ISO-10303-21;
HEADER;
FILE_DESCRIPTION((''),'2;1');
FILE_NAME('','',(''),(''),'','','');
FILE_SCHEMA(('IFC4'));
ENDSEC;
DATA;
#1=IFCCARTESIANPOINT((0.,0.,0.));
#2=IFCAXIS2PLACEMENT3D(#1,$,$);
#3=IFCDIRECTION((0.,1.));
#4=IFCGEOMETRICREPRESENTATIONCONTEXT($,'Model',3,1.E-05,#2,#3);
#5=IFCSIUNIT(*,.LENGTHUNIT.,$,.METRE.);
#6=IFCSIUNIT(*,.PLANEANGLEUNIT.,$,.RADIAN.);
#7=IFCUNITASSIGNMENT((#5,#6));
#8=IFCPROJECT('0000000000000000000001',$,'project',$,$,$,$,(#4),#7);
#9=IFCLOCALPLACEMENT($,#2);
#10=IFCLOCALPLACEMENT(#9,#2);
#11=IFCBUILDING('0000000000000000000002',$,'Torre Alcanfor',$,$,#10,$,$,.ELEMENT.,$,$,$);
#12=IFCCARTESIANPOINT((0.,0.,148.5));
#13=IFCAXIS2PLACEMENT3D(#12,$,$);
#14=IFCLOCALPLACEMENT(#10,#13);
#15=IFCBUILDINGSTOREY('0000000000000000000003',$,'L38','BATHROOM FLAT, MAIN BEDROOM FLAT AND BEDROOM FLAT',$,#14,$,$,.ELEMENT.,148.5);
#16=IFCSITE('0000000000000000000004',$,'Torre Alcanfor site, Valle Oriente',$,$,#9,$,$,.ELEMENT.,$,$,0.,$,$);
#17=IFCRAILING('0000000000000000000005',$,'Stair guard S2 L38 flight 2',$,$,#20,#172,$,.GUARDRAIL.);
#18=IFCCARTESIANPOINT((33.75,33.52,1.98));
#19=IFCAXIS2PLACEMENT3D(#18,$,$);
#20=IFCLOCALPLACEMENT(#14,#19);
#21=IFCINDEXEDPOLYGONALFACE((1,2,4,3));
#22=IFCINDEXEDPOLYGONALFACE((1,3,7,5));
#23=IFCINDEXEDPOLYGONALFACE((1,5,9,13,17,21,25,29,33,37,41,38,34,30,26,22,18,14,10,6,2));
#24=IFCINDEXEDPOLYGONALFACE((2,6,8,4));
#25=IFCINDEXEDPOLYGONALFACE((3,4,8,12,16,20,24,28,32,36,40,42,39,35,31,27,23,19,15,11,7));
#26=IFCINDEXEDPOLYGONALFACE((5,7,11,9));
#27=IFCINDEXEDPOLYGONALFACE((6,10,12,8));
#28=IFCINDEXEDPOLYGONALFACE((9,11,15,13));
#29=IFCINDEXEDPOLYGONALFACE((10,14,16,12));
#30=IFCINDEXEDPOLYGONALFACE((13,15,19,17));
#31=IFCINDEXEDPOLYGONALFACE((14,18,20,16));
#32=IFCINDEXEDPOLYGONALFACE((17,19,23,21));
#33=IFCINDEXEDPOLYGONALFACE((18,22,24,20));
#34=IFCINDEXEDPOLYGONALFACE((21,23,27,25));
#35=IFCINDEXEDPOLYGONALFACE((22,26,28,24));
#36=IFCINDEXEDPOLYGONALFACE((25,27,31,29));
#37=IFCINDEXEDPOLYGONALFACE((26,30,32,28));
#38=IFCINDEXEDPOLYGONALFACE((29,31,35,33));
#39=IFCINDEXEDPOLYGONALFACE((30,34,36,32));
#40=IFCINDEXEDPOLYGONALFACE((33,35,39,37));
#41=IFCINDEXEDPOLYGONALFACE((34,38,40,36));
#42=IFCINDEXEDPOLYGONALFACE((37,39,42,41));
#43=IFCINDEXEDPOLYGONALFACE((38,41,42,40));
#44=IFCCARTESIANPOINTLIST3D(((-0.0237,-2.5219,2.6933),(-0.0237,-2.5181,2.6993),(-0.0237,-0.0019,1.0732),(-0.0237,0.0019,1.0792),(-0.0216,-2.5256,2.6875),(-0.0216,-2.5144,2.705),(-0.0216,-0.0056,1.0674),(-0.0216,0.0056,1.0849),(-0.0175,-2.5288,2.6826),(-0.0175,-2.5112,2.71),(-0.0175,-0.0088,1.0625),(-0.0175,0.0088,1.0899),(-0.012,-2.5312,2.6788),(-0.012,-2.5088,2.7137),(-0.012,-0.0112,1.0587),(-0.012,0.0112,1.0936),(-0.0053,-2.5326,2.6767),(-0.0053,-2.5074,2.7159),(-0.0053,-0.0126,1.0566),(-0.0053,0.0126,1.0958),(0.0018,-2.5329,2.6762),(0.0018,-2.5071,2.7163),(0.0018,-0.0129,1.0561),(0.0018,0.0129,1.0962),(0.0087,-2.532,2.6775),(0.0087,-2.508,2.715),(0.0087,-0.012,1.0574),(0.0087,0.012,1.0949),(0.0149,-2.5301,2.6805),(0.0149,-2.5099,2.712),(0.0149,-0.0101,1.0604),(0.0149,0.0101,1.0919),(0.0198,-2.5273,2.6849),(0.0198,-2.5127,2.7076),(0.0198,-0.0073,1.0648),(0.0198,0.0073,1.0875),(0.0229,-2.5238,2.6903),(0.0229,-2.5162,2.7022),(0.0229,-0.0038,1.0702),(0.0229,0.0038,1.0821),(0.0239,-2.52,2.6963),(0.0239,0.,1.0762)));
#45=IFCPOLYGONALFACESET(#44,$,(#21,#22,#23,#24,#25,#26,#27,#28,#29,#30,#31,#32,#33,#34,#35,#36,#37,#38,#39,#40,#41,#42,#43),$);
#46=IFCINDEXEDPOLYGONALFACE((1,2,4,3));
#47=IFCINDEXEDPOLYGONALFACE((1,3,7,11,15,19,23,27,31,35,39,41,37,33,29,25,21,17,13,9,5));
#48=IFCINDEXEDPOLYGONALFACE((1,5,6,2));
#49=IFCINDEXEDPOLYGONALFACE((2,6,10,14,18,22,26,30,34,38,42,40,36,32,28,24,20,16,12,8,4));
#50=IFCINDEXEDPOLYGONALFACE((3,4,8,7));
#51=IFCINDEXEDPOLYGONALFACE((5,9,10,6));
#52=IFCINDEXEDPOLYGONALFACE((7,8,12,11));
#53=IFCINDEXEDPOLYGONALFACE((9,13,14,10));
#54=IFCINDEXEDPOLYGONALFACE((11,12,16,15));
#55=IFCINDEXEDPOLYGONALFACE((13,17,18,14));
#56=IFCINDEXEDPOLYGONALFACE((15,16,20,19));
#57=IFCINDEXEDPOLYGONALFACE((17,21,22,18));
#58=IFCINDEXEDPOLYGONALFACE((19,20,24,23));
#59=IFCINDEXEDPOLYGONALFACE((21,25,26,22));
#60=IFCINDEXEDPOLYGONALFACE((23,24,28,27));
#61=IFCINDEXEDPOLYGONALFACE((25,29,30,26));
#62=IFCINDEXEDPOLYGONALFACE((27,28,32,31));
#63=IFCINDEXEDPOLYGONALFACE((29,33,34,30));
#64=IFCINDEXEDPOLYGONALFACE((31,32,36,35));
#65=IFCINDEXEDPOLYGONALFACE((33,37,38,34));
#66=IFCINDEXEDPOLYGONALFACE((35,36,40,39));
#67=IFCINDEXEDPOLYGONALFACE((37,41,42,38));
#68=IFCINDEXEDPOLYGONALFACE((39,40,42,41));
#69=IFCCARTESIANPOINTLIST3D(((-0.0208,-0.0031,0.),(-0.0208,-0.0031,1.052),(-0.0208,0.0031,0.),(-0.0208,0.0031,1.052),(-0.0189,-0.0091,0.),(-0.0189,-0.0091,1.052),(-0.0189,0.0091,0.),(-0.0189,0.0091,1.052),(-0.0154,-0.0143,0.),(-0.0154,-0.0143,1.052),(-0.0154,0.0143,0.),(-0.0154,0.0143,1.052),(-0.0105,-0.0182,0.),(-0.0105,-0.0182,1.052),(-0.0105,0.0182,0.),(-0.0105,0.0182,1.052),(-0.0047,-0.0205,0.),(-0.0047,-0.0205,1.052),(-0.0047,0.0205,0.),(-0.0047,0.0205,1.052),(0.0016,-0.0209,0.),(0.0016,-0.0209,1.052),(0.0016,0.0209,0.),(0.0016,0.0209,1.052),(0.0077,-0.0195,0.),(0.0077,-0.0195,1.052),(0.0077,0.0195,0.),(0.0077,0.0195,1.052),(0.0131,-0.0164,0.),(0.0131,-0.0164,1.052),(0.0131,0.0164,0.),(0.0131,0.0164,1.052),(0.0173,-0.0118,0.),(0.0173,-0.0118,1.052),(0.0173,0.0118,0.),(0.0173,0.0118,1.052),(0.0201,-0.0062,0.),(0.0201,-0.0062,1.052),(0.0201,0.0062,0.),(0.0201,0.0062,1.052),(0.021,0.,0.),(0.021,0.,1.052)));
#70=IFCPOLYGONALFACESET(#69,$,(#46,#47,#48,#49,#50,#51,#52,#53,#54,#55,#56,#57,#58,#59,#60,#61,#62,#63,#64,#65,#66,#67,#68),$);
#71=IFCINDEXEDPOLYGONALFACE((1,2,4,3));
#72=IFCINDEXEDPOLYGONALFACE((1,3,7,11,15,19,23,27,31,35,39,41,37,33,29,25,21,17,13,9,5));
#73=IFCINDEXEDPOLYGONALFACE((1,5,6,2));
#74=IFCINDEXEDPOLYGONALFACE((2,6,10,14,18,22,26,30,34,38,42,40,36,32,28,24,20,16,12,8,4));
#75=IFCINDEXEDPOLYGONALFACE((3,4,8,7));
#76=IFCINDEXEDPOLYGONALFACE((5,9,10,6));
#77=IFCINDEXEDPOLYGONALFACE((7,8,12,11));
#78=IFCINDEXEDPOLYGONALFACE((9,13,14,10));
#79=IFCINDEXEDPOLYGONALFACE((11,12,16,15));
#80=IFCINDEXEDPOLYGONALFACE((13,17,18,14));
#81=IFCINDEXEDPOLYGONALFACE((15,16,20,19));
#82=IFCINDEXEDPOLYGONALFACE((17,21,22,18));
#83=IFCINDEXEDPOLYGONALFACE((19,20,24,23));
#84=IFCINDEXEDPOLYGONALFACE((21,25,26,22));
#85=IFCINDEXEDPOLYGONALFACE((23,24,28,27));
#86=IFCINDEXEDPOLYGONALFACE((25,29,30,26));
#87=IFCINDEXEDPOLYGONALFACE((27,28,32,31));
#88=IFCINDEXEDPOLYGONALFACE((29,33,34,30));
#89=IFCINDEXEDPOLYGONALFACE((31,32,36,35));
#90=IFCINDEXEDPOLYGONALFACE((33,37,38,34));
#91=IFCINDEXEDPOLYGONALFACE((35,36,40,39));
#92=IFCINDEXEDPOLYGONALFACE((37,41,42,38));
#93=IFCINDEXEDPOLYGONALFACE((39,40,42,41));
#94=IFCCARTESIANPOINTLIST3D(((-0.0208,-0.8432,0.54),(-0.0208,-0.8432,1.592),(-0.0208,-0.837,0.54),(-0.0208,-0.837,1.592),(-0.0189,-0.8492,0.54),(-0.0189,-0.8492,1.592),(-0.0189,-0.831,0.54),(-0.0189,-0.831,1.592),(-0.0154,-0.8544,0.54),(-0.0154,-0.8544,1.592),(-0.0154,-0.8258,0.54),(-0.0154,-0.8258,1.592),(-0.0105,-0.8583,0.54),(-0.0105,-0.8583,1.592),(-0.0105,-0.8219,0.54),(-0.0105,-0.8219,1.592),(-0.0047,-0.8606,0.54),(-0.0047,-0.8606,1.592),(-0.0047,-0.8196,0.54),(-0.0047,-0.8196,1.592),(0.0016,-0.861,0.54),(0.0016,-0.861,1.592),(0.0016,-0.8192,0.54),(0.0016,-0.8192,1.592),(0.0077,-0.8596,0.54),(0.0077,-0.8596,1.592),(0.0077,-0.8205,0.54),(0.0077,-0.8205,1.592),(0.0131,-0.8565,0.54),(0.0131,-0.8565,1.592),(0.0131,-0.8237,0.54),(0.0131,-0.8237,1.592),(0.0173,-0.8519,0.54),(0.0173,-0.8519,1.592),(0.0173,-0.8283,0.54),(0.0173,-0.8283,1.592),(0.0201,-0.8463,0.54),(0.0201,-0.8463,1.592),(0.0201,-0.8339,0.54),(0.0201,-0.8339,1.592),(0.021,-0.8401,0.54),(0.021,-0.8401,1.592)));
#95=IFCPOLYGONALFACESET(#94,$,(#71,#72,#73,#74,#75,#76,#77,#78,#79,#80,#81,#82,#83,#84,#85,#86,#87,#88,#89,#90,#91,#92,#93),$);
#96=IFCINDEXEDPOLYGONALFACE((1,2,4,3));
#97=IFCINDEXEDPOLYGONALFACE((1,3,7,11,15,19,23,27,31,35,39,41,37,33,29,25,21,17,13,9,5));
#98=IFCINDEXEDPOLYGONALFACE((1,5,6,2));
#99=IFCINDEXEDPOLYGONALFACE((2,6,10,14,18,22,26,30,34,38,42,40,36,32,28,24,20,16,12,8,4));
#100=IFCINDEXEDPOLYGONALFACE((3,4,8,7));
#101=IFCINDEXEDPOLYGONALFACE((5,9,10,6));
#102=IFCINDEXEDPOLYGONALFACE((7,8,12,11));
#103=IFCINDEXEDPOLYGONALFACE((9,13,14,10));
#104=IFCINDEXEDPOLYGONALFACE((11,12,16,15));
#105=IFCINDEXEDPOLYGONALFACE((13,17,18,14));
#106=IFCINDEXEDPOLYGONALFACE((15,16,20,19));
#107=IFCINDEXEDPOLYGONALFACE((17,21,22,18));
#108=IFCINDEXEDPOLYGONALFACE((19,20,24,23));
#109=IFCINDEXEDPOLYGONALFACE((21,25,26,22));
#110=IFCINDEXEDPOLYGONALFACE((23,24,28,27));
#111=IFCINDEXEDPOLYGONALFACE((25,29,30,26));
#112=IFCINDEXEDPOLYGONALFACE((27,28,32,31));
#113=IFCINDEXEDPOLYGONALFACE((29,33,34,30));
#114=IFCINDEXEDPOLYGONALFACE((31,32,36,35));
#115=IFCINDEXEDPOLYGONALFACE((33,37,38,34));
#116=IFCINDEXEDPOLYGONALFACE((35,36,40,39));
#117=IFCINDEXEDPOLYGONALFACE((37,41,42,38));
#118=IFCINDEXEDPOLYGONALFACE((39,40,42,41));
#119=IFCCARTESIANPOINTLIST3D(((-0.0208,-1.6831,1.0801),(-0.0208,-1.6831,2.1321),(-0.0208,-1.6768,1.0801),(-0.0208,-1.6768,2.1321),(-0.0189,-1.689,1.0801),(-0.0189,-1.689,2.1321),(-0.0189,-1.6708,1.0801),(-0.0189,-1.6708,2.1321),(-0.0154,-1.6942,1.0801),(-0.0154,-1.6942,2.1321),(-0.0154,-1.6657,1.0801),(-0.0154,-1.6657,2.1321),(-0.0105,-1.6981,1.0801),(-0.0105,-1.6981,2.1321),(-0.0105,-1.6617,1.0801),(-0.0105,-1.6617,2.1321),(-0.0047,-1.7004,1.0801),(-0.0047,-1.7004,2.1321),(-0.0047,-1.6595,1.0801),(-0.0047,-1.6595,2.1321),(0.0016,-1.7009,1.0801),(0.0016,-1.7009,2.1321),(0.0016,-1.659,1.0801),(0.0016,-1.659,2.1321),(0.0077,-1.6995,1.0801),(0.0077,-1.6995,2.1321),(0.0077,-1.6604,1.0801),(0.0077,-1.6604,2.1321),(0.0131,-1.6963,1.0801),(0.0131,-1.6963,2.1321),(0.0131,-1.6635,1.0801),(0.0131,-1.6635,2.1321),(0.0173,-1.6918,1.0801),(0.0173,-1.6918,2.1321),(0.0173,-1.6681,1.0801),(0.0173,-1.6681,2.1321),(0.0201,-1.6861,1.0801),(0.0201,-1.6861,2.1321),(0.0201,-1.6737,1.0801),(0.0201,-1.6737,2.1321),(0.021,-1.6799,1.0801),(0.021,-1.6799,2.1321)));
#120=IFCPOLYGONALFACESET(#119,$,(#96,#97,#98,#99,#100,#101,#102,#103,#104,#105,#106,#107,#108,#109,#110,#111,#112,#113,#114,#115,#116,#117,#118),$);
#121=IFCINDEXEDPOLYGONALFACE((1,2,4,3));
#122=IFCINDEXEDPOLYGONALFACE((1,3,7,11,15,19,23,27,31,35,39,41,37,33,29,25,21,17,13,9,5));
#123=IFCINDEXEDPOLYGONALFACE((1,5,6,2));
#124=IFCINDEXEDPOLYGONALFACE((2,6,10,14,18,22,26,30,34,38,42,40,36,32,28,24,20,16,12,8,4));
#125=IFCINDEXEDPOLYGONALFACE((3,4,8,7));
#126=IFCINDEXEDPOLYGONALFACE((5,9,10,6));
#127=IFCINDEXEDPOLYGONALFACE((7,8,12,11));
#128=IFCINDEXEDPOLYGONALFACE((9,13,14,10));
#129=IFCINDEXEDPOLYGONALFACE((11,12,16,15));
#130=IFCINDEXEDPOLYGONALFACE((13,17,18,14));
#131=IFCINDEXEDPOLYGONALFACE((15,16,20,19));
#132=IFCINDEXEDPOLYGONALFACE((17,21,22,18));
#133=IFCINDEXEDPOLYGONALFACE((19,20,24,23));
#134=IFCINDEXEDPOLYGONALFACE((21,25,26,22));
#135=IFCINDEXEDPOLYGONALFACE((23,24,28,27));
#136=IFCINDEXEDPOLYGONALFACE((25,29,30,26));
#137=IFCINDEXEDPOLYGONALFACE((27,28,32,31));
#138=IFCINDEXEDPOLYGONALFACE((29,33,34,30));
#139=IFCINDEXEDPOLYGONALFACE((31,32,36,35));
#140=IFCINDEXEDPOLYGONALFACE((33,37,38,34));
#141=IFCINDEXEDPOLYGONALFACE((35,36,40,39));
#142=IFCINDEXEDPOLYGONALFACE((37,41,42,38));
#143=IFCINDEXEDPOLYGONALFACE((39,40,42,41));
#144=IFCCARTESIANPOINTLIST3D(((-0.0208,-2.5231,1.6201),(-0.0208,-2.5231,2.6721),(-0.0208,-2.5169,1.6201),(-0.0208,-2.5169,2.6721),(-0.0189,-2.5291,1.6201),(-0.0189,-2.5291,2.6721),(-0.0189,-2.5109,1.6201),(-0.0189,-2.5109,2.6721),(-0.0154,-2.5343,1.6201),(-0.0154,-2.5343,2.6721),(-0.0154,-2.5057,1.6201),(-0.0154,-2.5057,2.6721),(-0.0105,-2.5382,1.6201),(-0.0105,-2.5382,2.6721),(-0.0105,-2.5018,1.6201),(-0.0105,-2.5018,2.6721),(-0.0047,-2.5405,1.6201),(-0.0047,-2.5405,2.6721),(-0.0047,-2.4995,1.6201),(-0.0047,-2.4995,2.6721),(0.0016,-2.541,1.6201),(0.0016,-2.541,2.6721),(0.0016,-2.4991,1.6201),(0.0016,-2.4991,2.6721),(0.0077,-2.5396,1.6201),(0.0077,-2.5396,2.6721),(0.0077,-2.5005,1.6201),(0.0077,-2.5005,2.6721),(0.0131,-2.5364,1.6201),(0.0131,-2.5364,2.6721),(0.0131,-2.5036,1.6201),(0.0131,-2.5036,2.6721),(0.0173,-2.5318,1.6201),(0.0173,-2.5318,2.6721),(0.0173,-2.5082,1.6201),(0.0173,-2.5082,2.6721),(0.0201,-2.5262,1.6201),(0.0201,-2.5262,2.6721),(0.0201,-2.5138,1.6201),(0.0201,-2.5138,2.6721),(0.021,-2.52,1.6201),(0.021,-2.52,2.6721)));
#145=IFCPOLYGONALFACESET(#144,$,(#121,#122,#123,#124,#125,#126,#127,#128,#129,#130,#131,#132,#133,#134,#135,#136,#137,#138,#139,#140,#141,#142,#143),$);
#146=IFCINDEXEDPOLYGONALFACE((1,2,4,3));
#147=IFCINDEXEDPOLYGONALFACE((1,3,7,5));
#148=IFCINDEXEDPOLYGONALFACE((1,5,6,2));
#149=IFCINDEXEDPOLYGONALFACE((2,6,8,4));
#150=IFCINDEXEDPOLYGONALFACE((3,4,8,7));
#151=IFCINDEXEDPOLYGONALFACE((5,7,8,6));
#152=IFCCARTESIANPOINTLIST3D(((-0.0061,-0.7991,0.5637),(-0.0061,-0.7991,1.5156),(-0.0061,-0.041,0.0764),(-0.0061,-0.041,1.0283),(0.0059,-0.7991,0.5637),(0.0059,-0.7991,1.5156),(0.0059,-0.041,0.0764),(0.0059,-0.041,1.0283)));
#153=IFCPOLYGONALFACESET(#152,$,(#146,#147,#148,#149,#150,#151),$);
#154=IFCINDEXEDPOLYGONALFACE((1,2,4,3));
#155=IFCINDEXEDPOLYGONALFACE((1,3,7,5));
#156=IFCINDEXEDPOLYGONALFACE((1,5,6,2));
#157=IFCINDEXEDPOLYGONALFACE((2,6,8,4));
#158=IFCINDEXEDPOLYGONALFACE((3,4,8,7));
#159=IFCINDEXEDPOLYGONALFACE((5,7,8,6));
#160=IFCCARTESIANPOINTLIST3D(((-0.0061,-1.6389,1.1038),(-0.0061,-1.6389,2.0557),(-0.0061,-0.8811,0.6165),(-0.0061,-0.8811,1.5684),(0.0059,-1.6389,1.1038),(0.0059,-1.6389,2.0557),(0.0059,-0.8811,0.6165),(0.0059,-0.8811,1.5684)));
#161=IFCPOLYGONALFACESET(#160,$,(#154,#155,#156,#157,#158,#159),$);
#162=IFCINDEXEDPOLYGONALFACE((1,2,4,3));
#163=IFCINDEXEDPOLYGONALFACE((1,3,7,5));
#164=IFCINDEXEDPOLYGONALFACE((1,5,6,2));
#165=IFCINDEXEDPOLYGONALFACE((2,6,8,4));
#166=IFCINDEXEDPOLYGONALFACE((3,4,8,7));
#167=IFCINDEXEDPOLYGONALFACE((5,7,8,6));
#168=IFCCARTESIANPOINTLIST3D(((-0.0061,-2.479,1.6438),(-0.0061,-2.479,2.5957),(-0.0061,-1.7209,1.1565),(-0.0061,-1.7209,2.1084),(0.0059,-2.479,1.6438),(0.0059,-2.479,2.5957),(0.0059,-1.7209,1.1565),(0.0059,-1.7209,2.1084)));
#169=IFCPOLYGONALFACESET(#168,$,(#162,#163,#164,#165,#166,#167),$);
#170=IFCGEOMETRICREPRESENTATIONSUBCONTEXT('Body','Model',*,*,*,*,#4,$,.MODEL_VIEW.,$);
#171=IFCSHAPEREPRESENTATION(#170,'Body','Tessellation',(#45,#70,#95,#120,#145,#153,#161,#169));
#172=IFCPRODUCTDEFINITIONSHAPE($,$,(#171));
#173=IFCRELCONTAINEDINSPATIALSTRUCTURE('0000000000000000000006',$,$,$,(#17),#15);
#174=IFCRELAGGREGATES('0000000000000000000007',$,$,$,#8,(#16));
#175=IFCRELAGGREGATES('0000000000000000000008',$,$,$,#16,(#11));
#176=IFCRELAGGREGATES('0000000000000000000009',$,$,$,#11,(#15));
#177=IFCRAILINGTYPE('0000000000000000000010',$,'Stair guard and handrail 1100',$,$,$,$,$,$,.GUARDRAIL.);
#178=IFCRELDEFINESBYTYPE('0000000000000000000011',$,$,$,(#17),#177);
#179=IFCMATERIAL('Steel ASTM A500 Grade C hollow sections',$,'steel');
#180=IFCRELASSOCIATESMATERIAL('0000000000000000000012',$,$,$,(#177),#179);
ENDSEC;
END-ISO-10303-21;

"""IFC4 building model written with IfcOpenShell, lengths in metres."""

from ifc_helpers import new_model, si_unit, direction, frame, origin, origin_2d, place, context, subcontext, project, spatial, polyline, circle, outline, extrude, material, type_object, element, save


model = new_model("IFC4")

# Units and contexts
model_context = context("Model", 3, precision=1e-05, world=origin(), true_north=direction((0.0, 1.0)))
body_context = subcontext(model_context, "Body", "Model", "MODEL_VIEW")
ifc_project = project(units=[si_unit("LENGTHUNIT", "METRE"), si_unit("PLANEANGLEUNIT", "RADIAN")], contexts=[model_context])

# Site, building, storey
site_placement = place(None, origin())
site = spatial("IfcSite", under=ifc_project, at=site_placement, Name="Torre Alcanfor site, Valle Oriente", CompositionType="ELEMENT", RefElevation=0.0)
building_placement = place(site_placement, origin())
building = spatial("IfcBuilding", under=site, at=building_placement, Name="Torre Alcanfor", CompositionType="ELEMENT")
storey_placement = place(building_placement, frame((0.0, 0.0, 148.5)))
storey = spatial("IfcBuildingStorey", under=building, at=storey_placement, Name="L38", Description="BATHROOM FLAT, MAIN BEDROOM FLAT AND BEDROOM FLAT", CompositionType="ELEMENT", Elevation=148.5)

# Railing
ifc_material_1 = material(Name="Steel ASTM A500 Grade C hollow sections", Category="steel")
railing_type_1 = type_object("IfcRailingType", Name="Stair guard and handrail 1100", PredefinedType="GUARDRAIL", material=ifc_material_1)
railing_1_placement = place(storey_placement, frame((33.75, 33.52, 1.98)))
element("IfcRailing", 1, at=railing_1_placement, inside=storey, type_object=railing_type_1, Name="Stair guard S2 L38 flight 2", PredefinedType="GUARDRAIL", context=body_context, shape_type="SweptSolid", body=[
    extrude(circle(Radius=0.0239, at=origin_2d()), frame((0.0, 0.0, 1.0762), z_axis=(0.0, -0.841163, 0.540782), x_axis=(1.0, 0.0, 0.0)), (0.0, 0.0, 1.0), 2.9958),
    extrude(circle(Radius=0.021, at=origin_2d()), origin(), (0.0, 0.0, 1.0), 1.052),
    extrude(circle(Radius=0.021, at=origin_2d()), frame((0.0, -0.8401, 0.54)), (0.0, 0.0, 1.0), 1.052),
    extrude(circle(Radius=0.021, at=origin_2d()), frame((0.0, -1.6799, 1.0801)), (0.0, 0.0, 1.0), 1.052),
    extrude(circle(Radius=0.021, at=origin_2d()), frame((0.0, -2.52, 1.6201)), (0.0, 0.0, 1.0), 1.052),
    extrude(outline(polyline([(0.041, 0.0764), (0.7991, 0.5637), (0.7991, 1.5156), (0.041, 1.0283), (0.041, 0.0764)])), frame((0.0059, 0.0, 0.0), z_axis=(-1.0, 0.0, 0.0), x_axis=(0.0, -1.0, 0.0)), (0.0, 0.0, 1.0), 0.012),
    extrude(outline(polyline([(0.8811, 0.6165), (1.6389, 1.1038), (1.6389, 2.0557), (0.8811, 1.5684), (0.8811, 0.6165)])), frame((0.0059, 0.0, 0.0), z_axis=(-1.0, 0.0, 0.0), x_axis=(0.0, -1.0, 0.0)), (0.0, 0.0, 1.0), 0.012),
    extrude(outline(polyline([(1.7209, 1.1565), (2.479, 1.6438), (2.479, 2.5957), (1.7209, 2.1084), (1.7209, 1.1565)])), frame((0.0059, 0.0, 0.0), z_axis=(-1.0, 0.0, 0.0), x_axis=(0.0, -1.0, 0.0)), (0.0, 0.0, 1.0), 0.012),
])

save(model, "model.ifc")
